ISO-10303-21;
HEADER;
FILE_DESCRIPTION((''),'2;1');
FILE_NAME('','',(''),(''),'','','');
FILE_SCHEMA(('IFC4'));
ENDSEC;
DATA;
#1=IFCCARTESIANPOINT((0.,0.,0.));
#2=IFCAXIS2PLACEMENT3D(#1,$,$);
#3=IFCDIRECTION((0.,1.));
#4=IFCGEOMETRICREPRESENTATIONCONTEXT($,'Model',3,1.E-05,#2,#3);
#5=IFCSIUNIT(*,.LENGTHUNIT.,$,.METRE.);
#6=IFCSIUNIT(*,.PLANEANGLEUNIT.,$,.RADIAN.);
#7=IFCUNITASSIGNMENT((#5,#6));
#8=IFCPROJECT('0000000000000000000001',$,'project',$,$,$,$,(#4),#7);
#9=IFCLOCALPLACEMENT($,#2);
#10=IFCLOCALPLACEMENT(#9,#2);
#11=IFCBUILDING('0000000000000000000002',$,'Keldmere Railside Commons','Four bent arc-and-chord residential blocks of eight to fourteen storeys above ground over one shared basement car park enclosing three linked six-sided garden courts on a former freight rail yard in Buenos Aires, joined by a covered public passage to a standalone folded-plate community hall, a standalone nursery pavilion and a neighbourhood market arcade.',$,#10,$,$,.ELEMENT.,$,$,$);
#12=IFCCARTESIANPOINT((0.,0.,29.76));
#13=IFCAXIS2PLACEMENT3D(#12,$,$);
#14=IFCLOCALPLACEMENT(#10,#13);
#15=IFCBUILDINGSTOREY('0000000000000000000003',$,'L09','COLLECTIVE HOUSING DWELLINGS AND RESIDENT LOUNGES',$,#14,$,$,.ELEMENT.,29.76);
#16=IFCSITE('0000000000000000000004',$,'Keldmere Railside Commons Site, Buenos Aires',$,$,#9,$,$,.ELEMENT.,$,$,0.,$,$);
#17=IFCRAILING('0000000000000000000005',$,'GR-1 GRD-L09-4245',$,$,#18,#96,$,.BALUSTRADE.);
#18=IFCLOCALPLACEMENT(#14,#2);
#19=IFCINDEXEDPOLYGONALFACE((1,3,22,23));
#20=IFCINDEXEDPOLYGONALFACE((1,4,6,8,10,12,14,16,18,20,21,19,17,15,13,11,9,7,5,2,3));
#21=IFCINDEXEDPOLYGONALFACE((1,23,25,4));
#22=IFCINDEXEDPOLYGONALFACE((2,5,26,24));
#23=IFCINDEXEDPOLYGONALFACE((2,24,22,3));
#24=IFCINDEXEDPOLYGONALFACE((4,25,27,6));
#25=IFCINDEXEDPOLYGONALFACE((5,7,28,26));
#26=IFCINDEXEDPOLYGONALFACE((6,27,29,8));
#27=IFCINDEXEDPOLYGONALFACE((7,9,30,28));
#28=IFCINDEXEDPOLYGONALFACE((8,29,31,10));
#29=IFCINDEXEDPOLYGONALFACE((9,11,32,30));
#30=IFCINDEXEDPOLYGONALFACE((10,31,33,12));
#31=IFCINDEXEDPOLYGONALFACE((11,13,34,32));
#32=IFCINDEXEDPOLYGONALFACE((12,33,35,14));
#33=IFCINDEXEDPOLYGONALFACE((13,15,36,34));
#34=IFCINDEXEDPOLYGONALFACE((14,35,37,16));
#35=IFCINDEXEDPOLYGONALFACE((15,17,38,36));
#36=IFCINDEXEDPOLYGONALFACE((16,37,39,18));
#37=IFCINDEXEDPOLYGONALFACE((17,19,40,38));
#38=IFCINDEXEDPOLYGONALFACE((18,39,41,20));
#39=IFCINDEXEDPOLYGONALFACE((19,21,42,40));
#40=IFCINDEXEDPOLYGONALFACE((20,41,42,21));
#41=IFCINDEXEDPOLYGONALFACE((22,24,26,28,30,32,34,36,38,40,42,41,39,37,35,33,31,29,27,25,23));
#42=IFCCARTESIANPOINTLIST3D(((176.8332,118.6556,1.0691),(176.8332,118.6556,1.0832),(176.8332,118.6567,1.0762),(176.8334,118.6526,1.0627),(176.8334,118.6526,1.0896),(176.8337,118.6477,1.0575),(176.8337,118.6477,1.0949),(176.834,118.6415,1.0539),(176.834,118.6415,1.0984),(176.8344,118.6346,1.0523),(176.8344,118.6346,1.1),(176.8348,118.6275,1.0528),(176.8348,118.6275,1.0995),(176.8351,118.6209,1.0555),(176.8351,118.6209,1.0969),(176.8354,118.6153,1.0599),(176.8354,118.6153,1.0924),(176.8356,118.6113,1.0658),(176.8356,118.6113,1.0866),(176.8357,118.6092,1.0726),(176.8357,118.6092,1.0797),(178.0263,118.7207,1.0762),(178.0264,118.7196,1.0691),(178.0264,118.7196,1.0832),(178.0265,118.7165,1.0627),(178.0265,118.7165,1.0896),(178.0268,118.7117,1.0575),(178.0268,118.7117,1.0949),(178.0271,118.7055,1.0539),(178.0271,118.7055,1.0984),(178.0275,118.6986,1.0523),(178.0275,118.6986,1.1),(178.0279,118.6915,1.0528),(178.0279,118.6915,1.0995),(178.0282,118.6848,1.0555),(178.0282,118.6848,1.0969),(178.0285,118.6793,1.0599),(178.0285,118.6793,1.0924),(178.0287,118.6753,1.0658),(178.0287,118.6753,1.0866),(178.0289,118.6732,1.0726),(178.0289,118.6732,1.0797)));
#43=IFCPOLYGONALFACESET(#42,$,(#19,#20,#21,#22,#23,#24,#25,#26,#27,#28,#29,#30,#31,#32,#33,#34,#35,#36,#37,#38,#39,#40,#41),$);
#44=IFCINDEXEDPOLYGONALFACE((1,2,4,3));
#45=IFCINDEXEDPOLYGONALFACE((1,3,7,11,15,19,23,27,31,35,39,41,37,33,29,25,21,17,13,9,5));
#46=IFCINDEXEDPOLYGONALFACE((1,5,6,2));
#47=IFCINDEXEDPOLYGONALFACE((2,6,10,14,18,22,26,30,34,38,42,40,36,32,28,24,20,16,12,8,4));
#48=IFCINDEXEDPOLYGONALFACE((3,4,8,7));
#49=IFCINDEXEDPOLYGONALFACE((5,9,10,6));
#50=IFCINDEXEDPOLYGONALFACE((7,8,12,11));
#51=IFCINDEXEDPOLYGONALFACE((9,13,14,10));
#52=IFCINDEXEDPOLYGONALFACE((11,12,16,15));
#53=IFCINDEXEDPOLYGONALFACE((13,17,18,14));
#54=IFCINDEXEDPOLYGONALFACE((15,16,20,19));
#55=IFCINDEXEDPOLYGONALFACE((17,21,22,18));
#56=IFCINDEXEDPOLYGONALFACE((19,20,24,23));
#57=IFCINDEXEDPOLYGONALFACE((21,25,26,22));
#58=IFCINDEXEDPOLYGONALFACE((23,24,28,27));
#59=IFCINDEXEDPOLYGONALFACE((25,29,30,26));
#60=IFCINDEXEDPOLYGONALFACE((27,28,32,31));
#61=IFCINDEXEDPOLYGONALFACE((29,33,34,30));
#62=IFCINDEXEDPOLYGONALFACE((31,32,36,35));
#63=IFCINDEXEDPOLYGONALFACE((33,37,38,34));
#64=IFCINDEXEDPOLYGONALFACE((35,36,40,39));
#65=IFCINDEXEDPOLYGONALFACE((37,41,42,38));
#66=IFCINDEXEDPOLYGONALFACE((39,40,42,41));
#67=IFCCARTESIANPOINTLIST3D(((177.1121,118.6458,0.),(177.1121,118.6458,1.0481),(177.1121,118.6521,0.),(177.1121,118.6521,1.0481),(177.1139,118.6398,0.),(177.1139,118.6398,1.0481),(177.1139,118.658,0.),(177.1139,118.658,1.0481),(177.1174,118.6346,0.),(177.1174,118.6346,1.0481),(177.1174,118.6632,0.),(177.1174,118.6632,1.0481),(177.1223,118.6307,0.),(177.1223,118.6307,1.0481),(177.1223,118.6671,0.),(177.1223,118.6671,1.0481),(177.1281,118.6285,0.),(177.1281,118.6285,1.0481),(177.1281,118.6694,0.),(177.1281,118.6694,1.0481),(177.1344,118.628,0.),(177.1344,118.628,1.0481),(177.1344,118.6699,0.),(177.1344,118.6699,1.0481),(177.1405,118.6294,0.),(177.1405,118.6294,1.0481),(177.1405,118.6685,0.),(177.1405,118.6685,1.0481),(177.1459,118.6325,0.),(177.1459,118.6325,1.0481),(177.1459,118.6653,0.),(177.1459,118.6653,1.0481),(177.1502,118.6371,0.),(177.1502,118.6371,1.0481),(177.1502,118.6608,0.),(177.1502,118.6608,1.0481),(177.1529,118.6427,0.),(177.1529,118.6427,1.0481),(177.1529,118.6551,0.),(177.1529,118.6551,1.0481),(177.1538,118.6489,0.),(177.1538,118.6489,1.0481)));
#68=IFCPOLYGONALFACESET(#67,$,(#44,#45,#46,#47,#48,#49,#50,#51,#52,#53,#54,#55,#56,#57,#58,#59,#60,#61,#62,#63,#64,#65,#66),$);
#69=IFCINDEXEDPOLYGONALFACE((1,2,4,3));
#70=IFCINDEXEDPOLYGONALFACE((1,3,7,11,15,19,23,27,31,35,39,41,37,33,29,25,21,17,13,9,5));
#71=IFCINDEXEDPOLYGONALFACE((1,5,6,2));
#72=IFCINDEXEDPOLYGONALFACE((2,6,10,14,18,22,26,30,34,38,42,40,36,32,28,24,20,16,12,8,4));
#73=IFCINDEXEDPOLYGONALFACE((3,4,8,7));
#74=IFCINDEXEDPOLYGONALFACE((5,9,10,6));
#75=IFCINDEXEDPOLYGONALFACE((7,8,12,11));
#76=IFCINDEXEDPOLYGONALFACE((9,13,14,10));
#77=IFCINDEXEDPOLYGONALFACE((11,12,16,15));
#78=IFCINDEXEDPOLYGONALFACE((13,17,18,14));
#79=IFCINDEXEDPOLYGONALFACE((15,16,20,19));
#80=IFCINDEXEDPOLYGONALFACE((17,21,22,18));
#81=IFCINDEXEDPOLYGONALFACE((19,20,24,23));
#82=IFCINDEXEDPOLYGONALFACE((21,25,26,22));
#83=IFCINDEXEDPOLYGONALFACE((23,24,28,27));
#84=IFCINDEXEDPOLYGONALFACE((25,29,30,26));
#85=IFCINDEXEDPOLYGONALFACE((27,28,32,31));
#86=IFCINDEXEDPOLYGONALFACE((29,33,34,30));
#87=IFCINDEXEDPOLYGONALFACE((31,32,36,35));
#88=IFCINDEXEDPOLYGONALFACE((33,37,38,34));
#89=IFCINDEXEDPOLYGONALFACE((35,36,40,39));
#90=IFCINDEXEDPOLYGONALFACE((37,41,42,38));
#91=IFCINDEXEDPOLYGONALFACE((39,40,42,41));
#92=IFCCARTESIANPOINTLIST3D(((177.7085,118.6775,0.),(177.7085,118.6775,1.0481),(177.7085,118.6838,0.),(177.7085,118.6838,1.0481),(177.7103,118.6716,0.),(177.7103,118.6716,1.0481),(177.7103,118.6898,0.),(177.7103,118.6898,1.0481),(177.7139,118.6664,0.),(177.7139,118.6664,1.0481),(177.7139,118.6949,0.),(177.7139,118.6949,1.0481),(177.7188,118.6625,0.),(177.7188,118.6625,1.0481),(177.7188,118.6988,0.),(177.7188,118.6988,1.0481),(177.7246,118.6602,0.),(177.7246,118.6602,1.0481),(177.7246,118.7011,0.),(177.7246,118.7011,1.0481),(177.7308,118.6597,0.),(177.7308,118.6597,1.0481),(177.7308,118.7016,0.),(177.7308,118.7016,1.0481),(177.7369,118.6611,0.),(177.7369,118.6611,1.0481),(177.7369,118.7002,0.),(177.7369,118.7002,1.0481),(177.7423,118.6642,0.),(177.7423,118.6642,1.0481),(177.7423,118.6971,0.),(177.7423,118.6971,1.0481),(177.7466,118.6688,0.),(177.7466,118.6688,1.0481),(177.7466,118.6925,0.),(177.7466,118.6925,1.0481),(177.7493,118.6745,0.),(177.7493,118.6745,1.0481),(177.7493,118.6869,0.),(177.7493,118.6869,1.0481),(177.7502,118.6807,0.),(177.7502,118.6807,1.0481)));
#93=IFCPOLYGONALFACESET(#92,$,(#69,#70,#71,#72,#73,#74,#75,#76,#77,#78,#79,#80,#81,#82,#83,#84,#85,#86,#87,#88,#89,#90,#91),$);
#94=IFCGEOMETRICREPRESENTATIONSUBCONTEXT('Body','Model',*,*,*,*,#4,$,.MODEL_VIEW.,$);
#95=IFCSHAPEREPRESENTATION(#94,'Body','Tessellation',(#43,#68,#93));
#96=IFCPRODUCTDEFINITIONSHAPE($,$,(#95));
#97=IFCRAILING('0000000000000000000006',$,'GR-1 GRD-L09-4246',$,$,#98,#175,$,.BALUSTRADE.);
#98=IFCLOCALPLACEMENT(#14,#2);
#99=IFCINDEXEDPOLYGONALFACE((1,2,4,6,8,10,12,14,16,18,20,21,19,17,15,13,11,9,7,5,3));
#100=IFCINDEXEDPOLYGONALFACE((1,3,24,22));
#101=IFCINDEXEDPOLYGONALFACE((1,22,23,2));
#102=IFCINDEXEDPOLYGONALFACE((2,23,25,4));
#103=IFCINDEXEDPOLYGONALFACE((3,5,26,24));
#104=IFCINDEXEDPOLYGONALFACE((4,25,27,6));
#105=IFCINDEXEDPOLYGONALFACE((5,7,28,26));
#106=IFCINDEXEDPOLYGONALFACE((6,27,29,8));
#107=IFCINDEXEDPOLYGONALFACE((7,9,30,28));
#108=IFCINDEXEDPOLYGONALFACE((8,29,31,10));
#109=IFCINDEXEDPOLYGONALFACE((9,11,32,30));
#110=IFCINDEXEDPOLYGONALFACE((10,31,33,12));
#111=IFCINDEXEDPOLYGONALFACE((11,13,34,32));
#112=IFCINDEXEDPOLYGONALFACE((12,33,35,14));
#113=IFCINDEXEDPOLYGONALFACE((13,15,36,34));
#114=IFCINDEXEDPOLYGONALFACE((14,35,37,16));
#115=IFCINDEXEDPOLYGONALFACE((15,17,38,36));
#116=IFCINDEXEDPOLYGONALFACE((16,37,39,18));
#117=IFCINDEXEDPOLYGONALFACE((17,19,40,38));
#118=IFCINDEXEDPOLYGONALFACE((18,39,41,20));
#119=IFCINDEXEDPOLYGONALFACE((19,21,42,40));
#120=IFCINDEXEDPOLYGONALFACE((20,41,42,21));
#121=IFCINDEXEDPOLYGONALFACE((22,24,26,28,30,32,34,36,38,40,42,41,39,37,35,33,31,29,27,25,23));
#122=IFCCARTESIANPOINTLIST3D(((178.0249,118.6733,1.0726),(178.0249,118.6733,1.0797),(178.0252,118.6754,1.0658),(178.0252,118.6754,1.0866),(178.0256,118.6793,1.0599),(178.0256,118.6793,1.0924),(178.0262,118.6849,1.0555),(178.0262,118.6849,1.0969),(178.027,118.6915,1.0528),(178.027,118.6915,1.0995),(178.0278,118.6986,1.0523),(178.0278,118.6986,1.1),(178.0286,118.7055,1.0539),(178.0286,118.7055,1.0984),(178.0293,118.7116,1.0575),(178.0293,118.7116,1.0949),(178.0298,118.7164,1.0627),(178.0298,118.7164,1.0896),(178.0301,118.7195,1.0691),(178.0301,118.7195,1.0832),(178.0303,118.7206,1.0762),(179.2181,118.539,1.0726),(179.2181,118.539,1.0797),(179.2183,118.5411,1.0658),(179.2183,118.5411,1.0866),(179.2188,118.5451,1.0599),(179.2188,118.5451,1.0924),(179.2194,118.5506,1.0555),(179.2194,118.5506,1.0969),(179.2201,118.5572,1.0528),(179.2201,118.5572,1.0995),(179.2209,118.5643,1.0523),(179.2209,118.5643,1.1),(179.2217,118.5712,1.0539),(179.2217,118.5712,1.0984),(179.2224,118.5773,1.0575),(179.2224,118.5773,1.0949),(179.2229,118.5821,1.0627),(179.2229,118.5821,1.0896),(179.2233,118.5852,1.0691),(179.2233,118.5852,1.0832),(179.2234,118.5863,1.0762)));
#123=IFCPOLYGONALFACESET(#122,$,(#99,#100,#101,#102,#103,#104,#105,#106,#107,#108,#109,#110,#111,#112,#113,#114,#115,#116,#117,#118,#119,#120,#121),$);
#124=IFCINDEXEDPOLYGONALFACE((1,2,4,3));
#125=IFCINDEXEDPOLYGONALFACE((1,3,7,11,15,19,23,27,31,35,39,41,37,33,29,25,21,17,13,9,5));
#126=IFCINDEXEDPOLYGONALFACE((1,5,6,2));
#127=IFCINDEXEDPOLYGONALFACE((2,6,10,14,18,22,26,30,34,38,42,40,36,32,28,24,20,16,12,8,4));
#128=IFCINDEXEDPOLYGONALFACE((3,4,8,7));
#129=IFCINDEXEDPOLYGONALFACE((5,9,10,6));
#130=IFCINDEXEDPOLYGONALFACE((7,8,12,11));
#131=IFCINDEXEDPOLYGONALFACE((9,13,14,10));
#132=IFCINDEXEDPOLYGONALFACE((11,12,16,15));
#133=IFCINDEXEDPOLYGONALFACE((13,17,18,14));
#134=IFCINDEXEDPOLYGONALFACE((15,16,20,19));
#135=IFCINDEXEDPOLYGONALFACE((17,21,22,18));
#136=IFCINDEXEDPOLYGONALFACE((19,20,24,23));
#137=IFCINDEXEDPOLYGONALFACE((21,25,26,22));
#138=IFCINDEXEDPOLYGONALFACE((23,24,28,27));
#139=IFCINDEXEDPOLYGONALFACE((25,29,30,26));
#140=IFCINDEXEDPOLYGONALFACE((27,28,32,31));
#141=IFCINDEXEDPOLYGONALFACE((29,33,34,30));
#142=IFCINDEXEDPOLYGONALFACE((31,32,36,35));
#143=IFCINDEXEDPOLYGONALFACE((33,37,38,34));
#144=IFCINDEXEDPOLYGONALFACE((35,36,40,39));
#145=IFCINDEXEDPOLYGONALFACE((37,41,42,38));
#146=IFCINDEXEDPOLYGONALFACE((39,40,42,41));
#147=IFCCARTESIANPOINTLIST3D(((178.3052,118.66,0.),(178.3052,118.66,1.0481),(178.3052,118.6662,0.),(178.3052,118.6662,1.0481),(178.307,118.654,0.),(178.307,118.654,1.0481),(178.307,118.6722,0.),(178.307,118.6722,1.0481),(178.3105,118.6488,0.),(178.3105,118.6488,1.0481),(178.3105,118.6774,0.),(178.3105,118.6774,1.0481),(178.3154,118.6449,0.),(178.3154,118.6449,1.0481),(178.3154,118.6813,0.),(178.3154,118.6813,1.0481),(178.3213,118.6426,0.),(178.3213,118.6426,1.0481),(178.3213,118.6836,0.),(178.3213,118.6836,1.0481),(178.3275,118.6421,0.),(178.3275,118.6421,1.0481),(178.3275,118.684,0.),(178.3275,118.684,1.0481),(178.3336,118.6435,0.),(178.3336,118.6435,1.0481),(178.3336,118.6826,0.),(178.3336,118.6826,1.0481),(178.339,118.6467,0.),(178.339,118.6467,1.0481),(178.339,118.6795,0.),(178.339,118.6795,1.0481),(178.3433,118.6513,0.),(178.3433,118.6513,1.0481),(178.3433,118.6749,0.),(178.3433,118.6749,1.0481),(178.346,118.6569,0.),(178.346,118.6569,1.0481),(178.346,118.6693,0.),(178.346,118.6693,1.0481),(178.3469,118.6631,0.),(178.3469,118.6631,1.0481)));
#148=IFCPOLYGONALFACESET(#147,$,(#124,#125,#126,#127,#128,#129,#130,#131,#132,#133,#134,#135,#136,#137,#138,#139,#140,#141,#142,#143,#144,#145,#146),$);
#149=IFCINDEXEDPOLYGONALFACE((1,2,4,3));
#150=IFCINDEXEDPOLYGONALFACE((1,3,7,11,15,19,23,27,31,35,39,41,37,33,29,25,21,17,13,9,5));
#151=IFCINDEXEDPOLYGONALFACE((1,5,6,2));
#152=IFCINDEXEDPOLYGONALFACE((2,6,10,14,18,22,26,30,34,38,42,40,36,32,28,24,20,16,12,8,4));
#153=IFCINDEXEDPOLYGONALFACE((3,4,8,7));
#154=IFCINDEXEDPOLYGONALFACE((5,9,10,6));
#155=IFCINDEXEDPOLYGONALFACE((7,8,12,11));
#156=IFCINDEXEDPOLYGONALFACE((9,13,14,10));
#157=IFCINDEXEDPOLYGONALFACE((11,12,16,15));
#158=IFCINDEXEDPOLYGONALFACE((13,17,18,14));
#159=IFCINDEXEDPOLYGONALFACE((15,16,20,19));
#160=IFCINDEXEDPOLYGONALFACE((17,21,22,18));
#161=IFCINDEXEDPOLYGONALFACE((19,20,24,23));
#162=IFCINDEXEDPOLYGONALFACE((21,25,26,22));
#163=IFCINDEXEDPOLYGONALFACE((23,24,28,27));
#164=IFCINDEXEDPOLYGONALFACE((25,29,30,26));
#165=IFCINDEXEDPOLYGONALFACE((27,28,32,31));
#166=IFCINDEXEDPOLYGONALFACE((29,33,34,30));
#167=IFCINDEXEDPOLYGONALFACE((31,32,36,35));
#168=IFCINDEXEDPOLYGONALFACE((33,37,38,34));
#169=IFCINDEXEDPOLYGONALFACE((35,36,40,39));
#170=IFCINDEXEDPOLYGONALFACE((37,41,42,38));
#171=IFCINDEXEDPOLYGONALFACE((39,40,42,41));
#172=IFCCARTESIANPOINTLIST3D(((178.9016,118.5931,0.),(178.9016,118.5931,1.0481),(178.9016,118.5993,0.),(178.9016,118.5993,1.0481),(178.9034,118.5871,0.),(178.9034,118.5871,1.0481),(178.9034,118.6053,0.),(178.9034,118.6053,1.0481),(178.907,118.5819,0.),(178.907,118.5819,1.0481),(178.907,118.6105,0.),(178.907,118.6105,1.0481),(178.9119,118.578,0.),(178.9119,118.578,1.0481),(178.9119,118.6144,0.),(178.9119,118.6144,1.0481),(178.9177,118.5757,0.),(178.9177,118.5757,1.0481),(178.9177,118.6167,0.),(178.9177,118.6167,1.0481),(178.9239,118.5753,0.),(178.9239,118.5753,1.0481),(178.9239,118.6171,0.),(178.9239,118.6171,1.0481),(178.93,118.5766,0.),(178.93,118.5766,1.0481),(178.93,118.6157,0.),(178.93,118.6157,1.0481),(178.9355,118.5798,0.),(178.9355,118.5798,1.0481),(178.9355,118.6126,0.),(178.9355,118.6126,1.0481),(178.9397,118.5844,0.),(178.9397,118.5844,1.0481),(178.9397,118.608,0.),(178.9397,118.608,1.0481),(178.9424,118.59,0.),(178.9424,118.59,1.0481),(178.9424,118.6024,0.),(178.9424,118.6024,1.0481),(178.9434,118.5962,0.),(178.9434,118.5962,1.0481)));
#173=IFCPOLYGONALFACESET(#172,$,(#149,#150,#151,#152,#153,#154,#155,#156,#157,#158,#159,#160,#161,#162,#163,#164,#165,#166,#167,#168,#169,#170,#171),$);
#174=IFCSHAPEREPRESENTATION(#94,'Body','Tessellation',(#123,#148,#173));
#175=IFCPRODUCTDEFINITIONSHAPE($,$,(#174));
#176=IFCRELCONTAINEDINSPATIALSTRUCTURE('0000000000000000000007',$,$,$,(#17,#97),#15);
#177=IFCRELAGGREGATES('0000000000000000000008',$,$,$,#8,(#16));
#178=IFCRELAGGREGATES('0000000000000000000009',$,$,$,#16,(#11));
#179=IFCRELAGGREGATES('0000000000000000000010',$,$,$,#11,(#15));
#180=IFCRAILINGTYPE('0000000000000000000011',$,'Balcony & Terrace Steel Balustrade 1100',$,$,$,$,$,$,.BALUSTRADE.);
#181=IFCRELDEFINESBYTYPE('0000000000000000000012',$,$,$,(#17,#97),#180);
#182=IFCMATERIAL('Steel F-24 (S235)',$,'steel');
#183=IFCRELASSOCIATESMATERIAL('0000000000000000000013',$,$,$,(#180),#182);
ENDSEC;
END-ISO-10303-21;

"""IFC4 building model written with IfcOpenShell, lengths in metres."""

from ifc_helpers import new_model, si_unit, direction, frame, origin, origin_2d, place, context, subcontext, project, spatial, circle, extrude, material, type_object, element, save


model = new_model("IFC4")

# Units and contexts
model_context = context("Model", 3, precision=1e-05, world=origin(), true_north=direction((0.0, 1.0)))
body_context = subcontext(model_context, "Body", "Model", "MODEL_VIEW")
ifc_project = project(units=[si_unit("LENGTHUNIT", "METRE"), si_unit("PLANEANGLEUNIT", "RADIAN")], contexts=[model_context])

# Site, building, storey
site_placement = place(None, origin())
site = spatial("IfcSite", under=ifc_project, at=site_placement, Name="Keldmere Railside Commons Site, Buenos Aires", CompositionType="ELEMENT", RefElevation=0.0)
building_placement = place(site_placement, origin())
building = spatial("IfcBuilding", under=site, at=building_placement, Name="Keldmere Railside Commons", Description="Four bent arc-and-chord residential blocks of eight to fourteen storeys above ground over one shared basement car park enclosing three linked six-sided garden courts on a former freight rail yard in Buenos Aires, joined by a covered public passage to a standalone folded-plate community hall, a standalone nursery pavilion and a neighbourhood market arcade.", CompositionType="ELEMENT")
storey_placement = place(building_placement, frame((0.0, 0.0, 29.76)))
storey = spatial("IfcBuildingStorey", under=building, at=storey_placement, Name="L09", Description="COLLECTIVE HOUSING DWELLINGS AND RESIDENT LOUNGES", CompositionType="ELEMENT", Elevation=29.76)

# Railings
ifc_material_1 = material(Name="Steel F-24 (S235)", Category="steel")
railing_type = type_object("IfcRailingType", Name="Balcony & Terrace Steel Balustrade 1100", PredefinedType="BALUSTRADE", material=ifc_material_1)
railing_1_placement = place(storey_placement, frame((176.8345, 118.6328, 0.0)))
element("IfcRailing", 1, at=railing_1_placement, inside=storey, type_object=railing_type, Name="GR-1 GRD-L09-4245", PredefinedType="BALUSTRADE", context=body_context, shape_type="SweptSolid", body=[
    extrude(circle(Radius=0.0239, at=origin_2d()), frame((0.0, 0.0, 1.0762), z_axis=(0.998566, 0.053535, 0.0), x_axis=(-0.053535, 0.998566, 0.0)), (0.0, 0.0, 1.0), 1.1948),
    extrude(circle(Radius=0.021, at=origin_2d()), frame((0.2983, 0.0161, 0.0)), (0.0, 0.0, 1.0), 1.0481),
    extrude(circle(Radius=0.021, at=origin_2d()), frame((0.8948, 0.0479, 0.0)), (0.0, 0.0, 1.0), 1.0481),
])
railing_2_placement = place(storey_placement, frame((178.0276, 118.6968, 0.0)))
element("IfcRailing", 2, at=railing_2_placement, inside=storey, type_object=railing_type, Name="GR-1 GRD-L09-4246", PredefinedType="BALUSTRADE", context=body_context, shape_type="SweptSolid", body=[
    extrude(circle(Radius=0.0239, at=origin_2d()), frame((0.0, 0.0, 1.0762), z_axis=(0.993727, -0.111837, 0.0), x_axis=(0.111837, 0.993727, 0.0)), (0.0, 0.0, 1.0), 1.2007),
    extrude(circle(Radius=0.021, at=origin_2d()), frame((0.2983, -0.0337, 0.0)), (0.0, 0.0, 1.0), 1.0481),
    extrude(circle(Radius=0.021, at=origin_2d()), frame((0.8948, -0.1006, 0.0)), (0.0, 0.0, 1.0), 1.0481),
])

save(model, "model.ifc")
